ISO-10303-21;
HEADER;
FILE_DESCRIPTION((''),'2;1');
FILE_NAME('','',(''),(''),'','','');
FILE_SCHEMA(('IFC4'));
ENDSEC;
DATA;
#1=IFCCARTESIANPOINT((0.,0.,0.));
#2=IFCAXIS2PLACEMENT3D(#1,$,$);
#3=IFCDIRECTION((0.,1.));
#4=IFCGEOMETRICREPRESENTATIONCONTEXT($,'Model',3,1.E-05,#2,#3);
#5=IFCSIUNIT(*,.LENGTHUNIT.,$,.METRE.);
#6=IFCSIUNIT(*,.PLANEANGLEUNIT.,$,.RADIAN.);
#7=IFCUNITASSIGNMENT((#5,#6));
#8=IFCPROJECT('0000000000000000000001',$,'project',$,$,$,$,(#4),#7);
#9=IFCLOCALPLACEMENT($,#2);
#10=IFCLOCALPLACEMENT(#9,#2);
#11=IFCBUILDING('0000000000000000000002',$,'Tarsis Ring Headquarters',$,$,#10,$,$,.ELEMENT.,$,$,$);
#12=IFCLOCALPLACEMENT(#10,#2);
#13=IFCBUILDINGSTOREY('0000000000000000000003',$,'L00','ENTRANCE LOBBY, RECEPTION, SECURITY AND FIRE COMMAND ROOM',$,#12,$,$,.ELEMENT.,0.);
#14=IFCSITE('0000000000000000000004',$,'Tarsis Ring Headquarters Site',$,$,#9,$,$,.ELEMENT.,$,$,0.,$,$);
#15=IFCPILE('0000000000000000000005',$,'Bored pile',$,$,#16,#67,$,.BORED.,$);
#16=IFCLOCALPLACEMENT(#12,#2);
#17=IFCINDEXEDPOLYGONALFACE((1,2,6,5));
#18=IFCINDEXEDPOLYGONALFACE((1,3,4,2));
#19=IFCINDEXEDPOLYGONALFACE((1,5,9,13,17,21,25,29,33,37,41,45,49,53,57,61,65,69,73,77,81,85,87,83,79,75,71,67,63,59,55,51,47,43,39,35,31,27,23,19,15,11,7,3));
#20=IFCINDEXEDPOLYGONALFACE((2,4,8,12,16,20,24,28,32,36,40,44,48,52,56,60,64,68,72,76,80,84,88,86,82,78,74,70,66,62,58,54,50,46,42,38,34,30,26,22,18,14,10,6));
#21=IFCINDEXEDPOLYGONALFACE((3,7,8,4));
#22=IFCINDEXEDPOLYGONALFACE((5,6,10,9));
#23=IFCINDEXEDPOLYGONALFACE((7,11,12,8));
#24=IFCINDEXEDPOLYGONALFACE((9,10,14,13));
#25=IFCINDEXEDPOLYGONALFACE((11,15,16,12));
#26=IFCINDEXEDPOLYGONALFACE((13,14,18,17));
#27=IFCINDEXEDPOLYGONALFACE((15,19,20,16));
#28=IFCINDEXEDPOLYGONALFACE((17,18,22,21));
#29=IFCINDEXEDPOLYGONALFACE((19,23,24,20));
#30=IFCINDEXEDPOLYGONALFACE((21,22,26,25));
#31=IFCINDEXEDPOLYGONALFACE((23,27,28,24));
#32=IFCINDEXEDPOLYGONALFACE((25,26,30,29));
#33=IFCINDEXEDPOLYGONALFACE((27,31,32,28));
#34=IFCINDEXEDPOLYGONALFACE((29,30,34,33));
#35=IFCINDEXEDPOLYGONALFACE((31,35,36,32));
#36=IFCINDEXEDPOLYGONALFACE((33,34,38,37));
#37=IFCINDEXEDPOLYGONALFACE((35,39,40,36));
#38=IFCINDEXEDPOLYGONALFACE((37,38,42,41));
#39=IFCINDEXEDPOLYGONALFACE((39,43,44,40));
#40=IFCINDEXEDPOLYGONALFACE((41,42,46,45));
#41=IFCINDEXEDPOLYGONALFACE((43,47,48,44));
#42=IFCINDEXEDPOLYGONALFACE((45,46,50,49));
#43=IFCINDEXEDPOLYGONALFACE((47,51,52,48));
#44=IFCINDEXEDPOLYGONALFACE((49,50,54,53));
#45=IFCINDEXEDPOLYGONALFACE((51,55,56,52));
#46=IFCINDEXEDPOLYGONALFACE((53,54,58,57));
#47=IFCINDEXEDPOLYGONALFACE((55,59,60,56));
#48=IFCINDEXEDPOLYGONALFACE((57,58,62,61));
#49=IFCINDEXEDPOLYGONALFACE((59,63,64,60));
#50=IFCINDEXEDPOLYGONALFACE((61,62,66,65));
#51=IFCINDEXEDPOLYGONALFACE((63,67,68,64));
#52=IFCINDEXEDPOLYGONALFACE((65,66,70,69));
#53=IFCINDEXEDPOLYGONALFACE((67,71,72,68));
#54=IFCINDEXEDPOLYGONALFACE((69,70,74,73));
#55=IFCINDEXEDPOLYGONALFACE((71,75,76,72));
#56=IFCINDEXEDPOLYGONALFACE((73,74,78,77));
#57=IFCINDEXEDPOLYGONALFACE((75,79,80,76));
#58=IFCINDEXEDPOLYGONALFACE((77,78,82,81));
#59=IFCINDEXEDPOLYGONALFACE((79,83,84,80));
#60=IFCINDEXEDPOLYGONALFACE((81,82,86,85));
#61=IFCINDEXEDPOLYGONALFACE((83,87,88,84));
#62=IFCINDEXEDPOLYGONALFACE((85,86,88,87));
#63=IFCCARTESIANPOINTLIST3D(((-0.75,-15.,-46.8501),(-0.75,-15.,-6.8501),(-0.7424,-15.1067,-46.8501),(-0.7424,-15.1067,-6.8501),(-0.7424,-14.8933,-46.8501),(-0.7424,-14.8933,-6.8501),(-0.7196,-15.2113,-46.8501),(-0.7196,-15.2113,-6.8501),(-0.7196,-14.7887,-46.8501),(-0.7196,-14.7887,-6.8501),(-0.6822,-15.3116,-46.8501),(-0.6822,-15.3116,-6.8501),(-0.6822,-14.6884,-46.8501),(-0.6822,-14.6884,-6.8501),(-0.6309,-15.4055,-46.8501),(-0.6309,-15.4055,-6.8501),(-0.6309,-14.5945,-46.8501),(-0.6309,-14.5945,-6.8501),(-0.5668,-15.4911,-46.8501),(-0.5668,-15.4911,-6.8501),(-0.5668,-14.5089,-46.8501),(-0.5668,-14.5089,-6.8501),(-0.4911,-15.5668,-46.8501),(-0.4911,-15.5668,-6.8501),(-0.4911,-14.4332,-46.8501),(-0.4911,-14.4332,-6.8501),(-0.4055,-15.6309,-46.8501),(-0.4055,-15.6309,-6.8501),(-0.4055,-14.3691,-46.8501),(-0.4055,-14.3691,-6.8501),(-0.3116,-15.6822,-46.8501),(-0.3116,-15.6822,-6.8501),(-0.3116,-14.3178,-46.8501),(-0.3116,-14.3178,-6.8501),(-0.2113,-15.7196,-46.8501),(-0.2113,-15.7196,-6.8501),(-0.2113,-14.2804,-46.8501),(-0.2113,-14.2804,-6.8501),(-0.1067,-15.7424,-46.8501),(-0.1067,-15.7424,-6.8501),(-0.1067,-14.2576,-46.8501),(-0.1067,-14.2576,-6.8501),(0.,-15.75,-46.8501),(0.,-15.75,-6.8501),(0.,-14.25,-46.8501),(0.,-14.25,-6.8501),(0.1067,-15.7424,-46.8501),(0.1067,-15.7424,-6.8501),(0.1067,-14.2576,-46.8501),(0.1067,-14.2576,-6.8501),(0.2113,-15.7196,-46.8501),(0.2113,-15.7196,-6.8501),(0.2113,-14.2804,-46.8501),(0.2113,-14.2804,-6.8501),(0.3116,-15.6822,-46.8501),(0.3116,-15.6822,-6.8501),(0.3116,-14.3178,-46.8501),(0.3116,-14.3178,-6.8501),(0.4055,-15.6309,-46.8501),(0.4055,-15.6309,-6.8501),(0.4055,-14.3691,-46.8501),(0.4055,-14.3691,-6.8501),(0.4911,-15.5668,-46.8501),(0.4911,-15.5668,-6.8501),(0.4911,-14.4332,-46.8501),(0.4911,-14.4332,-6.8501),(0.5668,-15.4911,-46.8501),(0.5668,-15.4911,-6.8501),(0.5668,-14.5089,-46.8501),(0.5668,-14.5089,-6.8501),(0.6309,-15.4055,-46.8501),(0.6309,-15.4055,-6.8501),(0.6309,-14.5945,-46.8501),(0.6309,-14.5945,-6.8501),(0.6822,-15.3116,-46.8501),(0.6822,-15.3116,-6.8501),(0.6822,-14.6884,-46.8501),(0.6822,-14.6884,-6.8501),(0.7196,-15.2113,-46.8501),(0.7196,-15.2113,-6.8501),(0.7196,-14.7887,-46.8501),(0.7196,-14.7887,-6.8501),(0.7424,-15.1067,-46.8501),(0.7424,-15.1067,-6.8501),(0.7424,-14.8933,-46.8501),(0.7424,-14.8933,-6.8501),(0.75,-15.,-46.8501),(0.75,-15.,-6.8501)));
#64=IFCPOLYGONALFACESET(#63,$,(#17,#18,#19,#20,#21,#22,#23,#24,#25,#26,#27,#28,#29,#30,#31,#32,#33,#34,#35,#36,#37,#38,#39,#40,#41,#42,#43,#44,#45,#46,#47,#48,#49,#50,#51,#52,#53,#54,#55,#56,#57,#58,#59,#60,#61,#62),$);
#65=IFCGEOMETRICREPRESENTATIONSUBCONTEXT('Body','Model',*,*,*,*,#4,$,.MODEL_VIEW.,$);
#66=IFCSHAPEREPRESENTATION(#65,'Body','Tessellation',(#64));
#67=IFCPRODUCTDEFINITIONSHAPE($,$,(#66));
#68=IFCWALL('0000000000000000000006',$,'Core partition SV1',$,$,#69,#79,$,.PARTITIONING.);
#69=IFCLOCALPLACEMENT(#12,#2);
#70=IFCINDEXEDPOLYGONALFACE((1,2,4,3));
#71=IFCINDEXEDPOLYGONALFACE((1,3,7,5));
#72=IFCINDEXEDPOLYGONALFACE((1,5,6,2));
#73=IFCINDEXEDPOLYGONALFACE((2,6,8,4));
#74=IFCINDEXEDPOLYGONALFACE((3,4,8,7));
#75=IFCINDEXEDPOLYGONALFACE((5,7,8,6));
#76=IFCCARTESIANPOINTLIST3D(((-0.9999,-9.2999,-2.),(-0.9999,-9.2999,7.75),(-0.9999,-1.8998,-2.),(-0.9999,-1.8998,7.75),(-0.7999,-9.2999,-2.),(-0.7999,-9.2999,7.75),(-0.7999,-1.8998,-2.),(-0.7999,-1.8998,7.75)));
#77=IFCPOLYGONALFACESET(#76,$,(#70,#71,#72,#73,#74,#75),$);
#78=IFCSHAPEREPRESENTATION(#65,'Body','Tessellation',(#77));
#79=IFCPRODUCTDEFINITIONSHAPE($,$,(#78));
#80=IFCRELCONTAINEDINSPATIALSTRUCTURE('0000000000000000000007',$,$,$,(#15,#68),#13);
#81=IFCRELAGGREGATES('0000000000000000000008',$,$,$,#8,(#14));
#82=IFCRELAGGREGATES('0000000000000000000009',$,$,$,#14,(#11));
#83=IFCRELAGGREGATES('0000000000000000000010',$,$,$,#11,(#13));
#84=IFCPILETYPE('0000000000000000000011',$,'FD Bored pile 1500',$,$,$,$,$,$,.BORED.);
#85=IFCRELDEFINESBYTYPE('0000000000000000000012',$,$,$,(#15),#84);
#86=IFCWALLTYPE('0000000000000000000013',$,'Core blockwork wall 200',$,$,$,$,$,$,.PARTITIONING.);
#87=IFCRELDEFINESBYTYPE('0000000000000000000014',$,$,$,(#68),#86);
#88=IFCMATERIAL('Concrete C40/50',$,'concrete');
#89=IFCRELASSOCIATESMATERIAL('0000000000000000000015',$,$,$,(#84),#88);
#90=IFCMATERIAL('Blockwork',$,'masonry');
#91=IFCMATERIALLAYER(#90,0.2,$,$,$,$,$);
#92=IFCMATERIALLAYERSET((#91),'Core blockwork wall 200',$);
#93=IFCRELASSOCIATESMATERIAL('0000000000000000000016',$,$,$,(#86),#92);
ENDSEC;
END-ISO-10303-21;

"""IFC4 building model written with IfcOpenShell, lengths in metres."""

from ifc_helpers import new_model, si_unit, direction, frame, frame_2d, origin, origin_2d, place, context, subcontext, project, spatial, rectangle, circle, extrude, material, layer, layer_set, material_profile, profile_set, type_object, element, save


model = new_model("IFC4")

# Units and contexts
model_context = context("Model", 3, precision=1e-05, world=origin(), true_north=direction((0.0, 1.0)))
body_context = subcontext(model_context, "Body", "Model", "MODEL_VIEW")
ifc_project = project(units=[si_unit("LENGTHUNIT", "METRE"), si_unit("PLANEANGLEUNIT", "RADIAN")], contexts=[model_context])

# Site, building, storey
site_placement = place(None, origin())
site = spatial("IfcSite", under=ifc_project, at=site_placement, Name="Tarsis Ring Headquarters Site", CompositionType="ELEMENT", RefElevation=0.0)
building_placement = place(site_placement, origin())
building = spatial("IfcBuilding", under=site, at=building_placement, Name="Tarsis Ring Headquarters", CompositionType="ELEMENT")
storey_placement = place(building_placement, origin())
storey = spatial("IfcBuildingStorey", under=building, at=storey_placement, Name="L00", Description="ENTRANCE LOBBY, RECEPTION, SECURITY AND FIRE COMMAND ROOM", CompositionType="ELEMENT", Elevation=0.0)

# Pile
ifc_material_1 = material(Name="Concrete C40/50", Category="concrete")
ifc_material_profile = material_profile(ifc_material_1, circle(Radius=0.75, at=origin_2d()), Name="BORED 1500")
ifc_profile_set = profile_set([ifc_material_profile], Name="Concrete C40/50")
pile_type = type_object("IfcPileType", Name="FD Bored pile 1500", PredefinedType="BORED", material=ifc_profile_set)
for number, where, z_axis, x_axis, name in (
    (1, (0.0, -15.0, -6.8501), (0.0, 0.0, -1.0), (1.0, 0.0, 0.0), "Bored pile"),
):
    element("IfcPile", number, at=place(storey_placement, frame(where, z_axis=z_axis, x_axis=x_axis)), inside=storey, type_object=pile_type, Name=name, PredefinedType="BORED", context=body_context, shape_type="SweptSolid", body=[
        extrude(circle(Radius=0.75, at=origin_2d()), origin(), (0.0, 0.0, 1.0), 40.0),
    ])

# Wall
ifc_material_2 = material(Name="Blockwork", Category="masonry")
ifc_layer_1 = layer(ifc_material_2, 0.2)
ifc_layer_set_1 = layer_set([ifc_layer_1], Name="Core blockwork wall 200")
wall_type_1 = type_object("IfcWallType", Name="Core blockwork wall 200", PredefinedType="PARTITIONING", material=ifc_layer_set_1)
wall_1_placement = place(storey_placement, frame((-0.8999, -9.3, -2.0), z_axis=(0.0, 0.0, 1.0), x_axis=(0.0, 1.0, 0.0)))
element("IfcWall", 2, at=wall_1_placement, inside=storey, type_object=wall_type_1, Name="Core partition SV1", PredefinedType="PARTITIONING", context=body_context, shape_type="SweptSolid", body=[
    extrude(rectangle(XDim=7.4001, YDim=0.2, at=frame_2d((3.7002, 0.0))), origin(), (0.0, 0.0, 1.0), 9.75),
])

save(model, "model.ifc")
